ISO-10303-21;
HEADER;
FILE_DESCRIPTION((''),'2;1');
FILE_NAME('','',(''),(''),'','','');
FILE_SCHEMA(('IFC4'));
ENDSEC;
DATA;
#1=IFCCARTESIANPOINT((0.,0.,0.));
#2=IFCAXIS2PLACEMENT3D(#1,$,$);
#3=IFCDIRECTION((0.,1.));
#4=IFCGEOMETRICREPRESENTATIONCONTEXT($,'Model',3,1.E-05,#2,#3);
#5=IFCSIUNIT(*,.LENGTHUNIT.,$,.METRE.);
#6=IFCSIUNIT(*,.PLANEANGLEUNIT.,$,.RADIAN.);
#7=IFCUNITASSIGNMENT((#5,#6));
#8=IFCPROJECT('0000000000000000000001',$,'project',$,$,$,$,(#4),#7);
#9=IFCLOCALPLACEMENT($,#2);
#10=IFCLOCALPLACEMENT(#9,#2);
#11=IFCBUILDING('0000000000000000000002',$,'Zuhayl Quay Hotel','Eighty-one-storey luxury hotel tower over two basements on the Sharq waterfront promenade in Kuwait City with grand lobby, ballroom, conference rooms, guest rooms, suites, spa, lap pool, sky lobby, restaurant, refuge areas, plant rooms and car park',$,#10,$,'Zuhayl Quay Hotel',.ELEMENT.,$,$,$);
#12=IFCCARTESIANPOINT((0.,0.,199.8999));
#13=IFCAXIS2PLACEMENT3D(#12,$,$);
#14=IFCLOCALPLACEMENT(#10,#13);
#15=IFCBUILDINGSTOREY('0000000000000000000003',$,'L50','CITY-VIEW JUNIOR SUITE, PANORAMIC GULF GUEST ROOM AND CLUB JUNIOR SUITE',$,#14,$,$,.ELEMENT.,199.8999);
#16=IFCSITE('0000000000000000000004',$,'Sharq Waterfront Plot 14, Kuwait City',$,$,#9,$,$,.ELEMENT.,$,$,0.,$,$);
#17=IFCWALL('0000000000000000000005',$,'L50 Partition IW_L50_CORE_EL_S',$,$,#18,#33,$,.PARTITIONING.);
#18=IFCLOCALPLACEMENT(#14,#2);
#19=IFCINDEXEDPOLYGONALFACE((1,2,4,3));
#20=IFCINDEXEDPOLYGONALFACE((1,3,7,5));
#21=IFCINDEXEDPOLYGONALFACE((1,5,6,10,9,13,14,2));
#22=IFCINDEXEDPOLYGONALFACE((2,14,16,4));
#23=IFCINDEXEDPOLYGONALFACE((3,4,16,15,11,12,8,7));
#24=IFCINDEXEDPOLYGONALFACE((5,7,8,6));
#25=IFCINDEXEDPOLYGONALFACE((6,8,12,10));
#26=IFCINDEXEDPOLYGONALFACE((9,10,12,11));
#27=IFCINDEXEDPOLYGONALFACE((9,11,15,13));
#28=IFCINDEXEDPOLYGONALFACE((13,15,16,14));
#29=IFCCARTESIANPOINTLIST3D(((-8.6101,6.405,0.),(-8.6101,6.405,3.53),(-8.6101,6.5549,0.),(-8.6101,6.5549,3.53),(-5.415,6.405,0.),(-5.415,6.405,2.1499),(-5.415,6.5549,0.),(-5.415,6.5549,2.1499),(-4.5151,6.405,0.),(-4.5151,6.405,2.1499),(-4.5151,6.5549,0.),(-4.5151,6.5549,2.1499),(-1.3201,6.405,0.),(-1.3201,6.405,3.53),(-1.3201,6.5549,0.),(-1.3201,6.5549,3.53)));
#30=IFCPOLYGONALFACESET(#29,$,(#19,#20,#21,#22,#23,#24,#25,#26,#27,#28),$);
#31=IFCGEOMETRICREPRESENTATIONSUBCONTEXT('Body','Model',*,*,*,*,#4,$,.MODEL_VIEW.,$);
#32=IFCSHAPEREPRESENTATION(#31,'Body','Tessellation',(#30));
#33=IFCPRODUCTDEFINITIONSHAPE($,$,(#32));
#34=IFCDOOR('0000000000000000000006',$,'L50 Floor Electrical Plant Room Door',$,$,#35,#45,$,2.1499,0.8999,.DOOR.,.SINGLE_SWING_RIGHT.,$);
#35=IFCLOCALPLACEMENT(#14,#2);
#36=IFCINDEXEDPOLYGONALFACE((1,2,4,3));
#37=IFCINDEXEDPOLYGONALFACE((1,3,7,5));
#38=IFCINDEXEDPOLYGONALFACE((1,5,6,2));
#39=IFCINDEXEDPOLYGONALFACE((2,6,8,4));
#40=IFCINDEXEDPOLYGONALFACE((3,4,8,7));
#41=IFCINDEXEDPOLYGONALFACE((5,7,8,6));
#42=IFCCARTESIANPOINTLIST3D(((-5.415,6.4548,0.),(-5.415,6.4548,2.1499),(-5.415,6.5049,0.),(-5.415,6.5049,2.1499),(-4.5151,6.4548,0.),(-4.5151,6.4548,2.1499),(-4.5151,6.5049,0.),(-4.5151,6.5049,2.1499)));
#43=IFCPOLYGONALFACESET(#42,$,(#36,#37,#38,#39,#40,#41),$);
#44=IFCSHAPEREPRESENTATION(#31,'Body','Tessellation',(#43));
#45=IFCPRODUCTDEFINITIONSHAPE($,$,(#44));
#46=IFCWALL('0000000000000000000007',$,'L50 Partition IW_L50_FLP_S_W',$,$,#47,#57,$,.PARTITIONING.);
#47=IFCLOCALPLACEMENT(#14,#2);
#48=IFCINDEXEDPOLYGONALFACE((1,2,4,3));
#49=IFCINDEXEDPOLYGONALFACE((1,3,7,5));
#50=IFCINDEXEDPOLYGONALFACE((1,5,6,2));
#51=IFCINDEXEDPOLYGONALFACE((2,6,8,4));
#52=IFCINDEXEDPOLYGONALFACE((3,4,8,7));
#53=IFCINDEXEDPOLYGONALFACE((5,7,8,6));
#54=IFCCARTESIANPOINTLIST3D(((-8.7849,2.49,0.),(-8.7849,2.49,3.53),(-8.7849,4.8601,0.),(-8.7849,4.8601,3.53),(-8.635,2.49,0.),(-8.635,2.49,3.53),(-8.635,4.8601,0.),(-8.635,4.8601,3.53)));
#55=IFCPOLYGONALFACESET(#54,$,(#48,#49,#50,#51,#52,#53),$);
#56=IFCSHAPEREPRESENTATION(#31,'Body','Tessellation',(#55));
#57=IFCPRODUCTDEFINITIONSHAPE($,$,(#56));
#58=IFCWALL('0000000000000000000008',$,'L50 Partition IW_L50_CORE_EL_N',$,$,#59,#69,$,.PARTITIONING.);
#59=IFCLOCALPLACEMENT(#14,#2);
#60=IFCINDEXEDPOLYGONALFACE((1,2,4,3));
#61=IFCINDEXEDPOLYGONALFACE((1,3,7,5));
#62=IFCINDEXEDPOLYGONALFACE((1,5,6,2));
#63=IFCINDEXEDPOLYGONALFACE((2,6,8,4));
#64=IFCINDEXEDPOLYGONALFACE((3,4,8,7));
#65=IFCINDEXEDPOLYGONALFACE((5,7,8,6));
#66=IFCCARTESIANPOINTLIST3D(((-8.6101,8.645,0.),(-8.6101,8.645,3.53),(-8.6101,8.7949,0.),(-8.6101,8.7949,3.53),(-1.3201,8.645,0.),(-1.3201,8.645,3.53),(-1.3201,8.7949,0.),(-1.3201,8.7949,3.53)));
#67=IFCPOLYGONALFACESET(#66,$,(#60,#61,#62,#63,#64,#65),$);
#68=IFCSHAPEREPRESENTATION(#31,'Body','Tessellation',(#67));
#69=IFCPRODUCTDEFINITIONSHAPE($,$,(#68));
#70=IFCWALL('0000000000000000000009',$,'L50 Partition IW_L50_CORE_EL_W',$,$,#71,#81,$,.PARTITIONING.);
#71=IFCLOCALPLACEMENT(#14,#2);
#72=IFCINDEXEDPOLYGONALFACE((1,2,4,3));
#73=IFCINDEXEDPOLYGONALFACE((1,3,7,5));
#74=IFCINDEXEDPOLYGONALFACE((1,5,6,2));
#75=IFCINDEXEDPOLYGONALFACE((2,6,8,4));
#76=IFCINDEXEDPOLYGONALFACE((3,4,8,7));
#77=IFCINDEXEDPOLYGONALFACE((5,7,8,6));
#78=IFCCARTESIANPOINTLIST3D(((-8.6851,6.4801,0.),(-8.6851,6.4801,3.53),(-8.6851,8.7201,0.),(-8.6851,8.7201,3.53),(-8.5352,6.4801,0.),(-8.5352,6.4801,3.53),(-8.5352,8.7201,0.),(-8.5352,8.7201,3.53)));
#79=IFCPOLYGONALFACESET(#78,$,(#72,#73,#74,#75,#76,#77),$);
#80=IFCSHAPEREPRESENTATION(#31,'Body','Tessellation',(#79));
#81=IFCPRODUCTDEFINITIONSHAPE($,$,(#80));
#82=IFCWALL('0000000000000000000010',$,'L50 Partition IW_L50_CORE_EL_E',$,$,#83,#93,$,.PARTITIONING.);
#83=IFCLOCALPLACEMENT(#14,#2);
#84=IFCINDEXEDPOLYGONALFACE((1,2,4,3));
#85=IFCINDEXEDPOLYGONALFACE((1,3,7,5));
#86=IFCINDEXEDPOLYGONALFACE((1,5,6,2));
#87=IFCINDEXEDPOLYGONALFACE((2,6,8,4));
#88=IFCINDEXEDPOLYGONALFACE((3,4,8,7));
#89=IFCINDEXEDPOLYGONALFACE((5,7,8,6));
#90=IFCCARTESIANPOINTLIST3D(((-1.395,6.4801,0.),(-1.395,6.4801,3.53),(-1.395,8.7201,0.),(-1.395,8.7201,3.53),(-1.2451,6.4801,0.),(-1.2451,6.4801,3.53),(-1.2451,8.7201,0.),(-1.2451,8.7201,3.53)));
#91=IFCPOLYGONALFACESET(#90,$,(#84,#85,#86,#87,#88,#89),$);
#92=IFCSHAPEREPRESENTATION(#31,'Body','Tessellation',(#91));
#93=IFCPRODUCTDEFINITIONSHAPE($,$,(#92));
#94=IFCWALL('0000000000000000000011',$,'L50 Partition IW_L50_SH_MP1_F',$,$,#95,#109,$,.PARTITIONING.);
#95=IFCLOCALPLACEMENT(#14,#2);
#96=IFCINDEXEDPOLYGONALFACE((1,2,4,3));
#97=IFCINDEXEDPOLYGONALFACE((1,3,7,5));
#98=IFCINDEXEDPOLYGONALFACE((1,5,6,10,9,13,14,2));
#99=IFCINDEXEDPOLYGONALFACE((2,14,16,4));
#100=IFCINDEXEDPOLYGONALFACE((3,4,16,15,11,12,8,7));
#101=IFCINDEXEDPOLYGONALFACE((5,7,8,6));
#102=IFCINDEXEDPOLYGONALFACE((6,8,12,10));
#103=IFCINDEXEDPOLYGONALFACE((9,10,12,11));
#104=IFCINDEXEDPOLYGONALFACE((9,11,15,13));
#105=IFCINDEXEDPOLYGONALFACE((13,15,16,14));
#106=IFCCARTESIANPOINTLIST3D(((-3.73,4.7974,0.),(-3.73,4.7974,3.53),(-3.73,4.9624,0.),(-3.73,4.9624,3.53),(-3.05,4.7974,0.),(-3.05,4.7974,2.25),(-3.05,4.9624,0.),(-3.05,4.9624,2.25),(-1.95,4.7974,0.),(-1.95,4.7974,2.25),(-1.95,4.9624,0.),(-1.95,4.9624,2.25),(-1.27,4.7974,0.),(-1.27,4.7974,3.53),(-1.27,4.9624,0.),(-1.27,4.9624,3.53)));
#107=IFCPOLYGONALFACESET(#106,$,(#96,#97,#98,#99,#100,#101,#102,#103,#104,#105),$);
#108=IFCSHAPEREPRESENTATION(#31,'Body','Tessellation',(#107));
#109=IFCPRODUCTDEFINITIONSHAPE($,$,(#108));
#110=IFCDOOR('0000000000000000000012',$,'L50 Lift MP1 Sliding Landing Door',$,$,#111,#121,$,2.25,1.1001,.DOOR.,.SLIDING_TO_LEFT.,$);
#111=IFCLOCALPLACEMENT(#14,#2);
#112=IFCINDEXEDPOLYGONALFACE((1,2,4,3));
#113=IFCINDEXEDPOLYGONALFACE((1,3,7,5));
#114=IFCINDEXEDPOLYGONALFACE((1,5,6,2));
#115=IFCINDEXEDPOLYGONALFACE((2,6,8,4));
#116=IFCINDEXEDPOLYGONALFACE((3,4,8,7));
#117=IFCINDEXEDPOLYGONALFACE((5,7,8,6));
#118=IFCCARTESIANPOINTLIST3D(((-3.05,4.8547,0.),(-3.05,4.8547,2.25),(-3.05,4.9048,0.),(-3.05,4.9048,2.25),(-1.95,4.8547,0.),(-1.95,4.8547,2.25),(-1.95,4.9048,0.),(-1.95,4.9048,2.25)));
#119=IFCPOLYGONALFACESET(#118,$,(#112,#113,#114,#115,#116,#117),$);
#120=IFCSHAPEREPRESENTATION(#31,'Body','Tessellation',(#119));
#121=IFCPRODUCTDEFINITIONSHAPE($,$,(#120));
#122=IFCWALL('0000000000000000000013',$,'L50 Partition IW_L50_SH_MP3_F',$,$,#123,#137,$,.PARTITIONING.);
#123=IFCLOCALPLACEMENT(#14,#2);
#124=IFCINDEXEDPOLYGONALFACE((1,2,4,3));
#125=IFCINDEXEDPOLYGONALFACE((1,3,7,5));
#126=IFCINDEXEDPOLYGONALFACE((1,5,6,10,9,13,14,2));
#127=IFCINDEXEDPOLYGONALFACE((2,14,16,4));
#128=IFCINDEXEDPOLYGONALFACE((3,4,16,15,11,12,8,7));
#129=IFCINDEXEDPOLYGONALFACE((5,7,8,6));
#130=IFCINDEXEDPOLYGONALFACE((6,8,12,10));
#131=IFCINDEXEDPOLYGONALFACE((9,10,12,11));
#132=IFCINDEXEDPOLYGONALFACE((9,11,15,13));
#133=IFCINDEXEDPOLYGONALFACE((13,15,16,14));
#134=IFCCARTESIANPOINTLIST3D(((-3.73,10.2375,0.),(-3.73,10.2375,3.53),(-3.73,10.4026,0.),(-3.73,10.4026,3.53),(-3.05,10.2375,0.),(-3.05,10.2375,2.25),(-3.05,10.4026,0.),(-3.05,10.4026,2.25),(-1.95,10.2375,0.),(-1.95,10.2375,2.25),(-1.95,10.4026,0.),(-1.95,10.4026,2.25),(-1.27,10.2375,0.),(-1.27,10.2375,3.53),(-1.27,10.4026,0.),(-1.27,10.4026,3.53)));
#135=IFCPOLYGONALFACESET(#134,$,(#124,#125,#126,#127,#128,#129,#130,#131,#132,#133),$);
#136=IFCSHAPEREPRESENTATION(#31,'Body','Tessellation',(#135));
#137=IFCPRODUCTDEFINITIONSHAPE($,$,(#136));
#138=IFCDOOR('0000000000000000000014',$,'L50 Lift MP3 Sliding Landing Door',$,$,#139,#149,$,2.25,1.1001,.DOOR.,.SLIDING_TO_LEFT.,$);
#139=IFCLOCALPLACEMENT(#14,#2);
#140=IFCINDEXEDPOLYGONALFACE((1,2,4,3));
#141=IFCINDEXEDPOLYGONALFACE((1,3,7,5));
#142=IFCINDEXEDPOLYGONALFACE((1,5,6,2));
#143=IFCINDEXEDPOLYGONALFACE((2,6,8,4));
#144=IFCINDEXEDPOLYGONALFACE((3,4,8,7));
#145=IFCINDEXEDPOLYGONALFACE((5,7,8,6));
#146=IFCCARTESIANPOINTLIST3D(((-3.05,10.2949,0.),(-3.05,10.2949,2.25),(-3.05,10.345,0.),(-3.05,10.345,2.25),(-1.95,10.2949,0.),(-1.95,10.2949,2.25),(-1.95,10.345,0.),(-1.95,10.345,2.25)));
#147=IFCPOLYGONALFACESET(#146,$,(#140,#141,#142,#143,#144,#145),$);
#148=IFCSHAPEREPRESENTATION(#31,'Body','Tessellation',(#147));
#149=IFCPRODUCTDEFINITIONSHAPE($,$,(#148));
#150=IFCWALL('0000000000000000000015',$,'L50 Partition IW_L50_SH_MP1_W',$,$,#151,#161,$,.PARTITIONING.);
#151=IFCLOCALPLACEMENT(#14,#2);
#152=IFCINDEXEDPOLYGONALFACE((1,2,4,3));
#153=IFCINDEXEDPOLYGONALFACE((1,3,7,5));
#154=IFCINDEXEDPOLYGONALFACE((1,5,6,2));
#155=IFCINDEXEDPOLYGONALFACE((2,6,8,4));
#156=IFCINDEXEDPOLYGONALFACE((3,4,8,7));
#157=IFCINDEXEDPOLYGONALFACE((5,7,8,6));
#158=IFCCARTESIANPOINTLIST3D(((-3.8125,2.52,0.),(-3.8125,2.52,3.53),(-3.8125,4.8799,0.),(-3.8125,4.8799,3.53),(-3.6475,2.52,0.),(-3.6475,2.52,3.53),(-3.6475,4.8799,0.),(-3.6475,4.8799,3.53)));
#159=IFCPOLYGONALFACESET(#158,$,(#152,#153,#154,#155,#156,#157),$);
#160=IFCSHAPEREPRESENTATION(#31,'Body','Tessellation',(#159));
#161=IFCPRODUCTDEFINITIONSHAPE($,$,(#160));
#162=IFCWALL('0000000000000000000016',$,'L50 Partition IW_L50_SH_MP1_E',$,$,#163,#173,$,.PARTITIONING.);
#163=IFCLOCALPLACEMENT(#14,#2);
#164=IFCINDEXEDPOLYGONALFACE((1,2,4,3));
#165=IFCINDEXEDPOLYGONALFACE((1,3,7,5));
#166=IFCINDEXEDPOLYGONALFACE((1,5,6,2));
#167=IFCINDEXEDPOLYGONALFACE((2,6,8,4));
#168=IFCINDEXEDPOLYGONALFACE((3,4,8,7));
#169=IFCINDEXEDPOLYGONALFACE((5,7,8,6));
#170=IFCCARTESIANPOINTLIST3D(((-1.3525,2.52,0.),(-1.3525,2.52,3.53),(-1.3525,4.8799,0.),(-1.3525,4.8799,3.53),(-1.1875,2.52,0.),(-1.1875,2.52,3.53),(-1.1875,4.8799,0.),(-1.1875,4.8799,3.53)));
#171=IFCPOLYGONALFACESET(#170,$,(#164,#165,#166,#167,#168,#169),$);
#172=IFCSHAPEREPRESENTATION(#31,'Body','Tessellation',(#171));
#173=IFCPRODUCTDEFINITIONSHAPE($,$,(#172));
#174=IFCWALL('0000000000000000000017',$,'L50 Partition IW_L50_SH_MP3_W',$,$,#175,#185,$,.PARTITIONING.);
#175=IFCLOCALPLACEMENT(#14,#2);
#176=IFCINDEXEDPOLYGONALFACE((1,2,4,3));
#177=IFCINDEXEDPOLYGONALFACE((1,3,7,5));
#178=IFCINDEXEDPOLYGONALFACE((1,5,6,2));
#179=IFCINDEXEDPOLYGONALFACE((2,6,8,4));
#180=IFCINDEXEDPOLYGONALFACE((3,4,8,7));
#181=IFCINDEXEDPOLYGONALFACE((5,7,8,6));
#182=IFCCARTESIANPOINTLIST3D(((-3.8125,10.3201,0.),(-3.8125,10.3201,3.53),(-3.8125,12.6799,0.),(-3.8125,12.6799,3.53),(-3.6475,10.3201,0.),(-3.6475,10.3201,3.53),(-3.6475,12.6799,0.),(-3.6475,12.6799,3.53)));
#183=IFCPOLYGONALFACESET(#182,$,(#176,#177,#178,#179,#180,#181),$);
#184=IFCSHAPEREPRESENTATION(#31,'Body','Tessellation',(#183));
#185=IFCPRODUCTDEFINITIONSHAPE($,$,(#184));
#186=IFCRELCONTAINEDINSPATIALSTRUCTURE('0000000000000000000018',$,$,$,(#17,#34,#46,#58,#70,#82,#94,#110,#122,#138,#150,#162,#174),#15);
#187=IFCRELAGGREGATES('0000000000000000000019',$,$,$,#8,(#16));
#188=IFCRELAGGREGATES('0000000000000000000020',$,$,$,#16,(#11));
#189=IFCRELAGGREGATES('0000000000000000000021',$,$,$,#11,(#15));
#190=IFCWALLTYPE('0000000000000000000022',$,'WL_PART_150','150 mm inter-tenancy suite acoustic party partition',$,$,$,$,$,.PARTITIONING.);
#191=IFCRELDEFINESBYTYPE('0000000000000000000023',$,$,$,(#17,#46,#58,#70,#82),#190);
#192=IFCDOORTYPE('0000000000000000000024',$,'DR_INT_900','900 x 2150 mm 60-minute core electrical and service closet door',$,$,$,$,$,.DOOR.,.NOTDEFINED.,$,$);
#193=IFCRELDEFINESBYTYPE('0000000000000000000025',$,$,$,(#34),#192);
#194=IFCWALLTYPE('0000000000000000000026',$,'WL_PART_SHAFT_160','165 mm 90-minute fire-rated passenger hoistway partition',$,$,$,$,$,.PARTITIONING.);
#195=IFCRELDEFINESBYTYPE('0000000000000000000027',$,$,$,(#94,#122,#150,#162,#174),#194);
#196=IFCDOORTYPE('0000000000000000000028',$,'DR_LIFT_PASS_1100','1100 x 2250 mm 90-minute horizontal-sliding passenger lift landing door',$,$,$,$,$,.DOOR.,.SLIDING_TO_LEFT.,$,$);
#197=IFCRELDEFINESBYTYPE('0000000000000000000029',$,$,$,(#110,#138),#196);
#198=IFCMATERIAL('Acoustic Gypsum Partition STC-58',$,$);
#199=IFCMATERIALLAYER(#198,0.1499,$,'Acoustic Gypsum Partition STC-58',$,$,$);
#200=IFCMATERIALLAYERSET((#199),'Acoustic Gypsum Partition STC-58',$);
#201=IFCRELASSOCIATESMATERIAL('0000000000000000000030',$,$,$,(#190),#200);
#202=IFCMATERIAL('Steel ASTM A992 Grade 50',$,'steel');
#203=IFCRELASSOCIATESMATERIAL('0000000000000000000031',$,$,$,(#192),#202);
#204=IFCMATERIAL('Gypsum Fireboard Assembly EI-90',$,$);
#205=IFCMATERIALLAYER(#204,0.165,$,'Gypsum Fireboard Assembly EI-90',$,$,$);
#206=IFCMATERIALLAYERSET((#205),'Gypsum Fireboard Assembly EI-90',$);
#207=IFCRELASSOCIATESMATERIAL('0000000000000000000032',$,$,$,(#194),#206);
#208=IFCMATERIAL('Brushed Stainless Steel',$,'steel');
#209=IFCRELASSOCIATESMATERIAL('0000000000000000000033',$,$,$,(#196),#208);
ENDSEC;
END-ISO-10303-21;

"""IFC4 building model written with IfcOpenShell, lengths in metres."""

from ifc_helpers import new_model, si_unit, direction, frame, frame_2d, origin, place, context, subcontext, project, spatial, rectangle, extrude, material, layer, layer_set, type_object, element, fill, save


model = new_model("IFC4")

# Units and contexts
model_context = context("Model", 3, precision=1e-05, world=origin(), true_north=direction((0.0, 1.0)))
body_context = subcontext(model_context, "Body", "Model", "MODEL_VIEW")
ifc_project = project(units=[si_unit("LENGTHUNIT", "METRE"), si_unit("PLANEANGLEUNIT", "RADIAN")], contexts=[model_context])

# Site, building, storey
site_placement = place(None, origin())
site = spatial("IfcSite", under=ifc_project, at=site_placement, Name="Sharq Waterfront Plot 14, Kuwait City", CompositionType="ELEMENT", RefElevation=0.0)
building_placement = place(site_placement, origin())
building = spatial("IfcBuilding", under=site, at=building_placement, Name="Zuhayl Quay Hotel", Description="Eighty-one-storey luxury hotel tower over two basements on the Sharq waterfront promenade in Kuwait City with grand lobby, ballroom, conference rooms, guest rooms, suites, spa, lap pool, sky lobby, restaurant, refuge areas, plant rooms and car park", LongName="Zuhayl Quay Hotel", CompositionType="ELEMENT")
storey_placement = place(building_placement, frame((0.0, 0.0, 199.8999)))
storey = spatial("IfcBuildingStorey", under=building, at=storey_placement, Name="L50", Description="CITY-VIEW JUNIOR SUITE, PANORAMIC GULF GUEST ROOM AND CLUB JUNIOR SUITE", CompositionType="ELEMENT", Elevation=199.8999)

# Shared definitions
ifc_material_1 = material(Name="Steel ASTM A992 Grade 50", Category="steel")

# Wall, opening, door
ifc_material_2 = material(Name="Acoustic Gypsum Partition STC-58")
ifc_layer_1 = layer(ifc_material_2, 0.1499, Name="Acoustic Gypsum Partition STC-58")
ifc_layer_set_1 = layer_set([ifc_layer_1], Name="Acoustic Gypsum Partition STC-58")
wall_type_1 = type_object("IfcWallType", Name="WL_PART_150", Description="150 mm inter-tenancy suite acoustic party partition", PredefinedType="PARTITIONING", material=ifc_layer_set_1)
door_type_1 = type_object("IfcDoorType", Name="DR_INT_900", Description="900 x 2150 mm 60-minute core electrical and service closet door", OperationType="NOTDEFINED", PredefinedType="DOOR", material=ifc_material_1)
wall_1_placement = place(storey_placement, frame((-8.6101, 6.48, 0.0), z_axis=(0.0, 0.0, 1.0), x_axis=(1.0, 0.0, 0.0)))
wall_1 = element("IfcWall", 1, at=wall_1_placement, inside=storey, type_object=wall_type_1, Name="L50 Partition IW_L50_CORE_EL_S", PredefinedType="PARTITIONING", context=body_context, shape_type="SweptSolid", body=[
    extrude(rectangle(XDim=7.29, YDim=0.1499, at=frame_2d((3.645, 0.0))), origin(), (0.0, 0.0, 1.0), 3.53),
])
opening_1_placement = place(wall_1_placement, frame((3.1951, 0.0, 0.0)))
opening_1 = element("IfcOpeningElement", 2, at=opening_1_placement, cuts=wall_1, PredefinedType="OPENING", context=body_context, shape_type="SweptSolid", body=[
    extrude(rectangle(XDim=0.8999, YDim=2.1499, at=frame_2d((0.45, 1.075))), frame((0.0, 0.085, 0.0), z_axis=(0.0, -1.0, 0.0), x_axis=(1.0, 0.0, 0.0)), (0.0, 0.0, 1.0), 0.1699),
])
door_1_placement = place(opening_1_placement, origin())
door_1 = element("IfcDoor", 3, at=door_1_placement, inside=storey, type_object=door_type_1, Name="L50 Floor Electrical Plant Room Door", OperationType="SINGLE_SWING_RIGHT", OverallHeight=2.1499, OverallWidth=0.8999, PredefinedType="DOOR", context=body_context, shape_type="SweptSolid", body=[
    extrude(rectangle(XDim=0.8999, YDim=2.1499, at=frame_2d((0.45, 1.075))), frame((0.0, 0.0249, 0.0), z_axis=(0.0, -1.0, 0.0), x_axis=(1.0, 0.0, 0.0)), (0.0, 0.0, 1.0), 0.05),
])
fill(opening_1, door_1)

# Walls
wall_2_placement = place(storey_placement, frame((-8.71, 2.49, 0.0), z_axis=(0.0, 0.0, 1.0), x_axis=(0.0, 1.0, 0.0)))
element("IfcWall", 4, at=wall_2_placement, inside=storey, type_object=wall_type_1, Name="L50 Partition IW_L50_FLP_S_W", PredefinedType="PARTITIONING", context=body_context, shape_type="SweptSolid", body=[
    extrude(rectangle(XDim=2.3701, YDim=0.1499, at=frame_2d((1.1851, 0.0))), origin(), (0.0, 0.0, 1.0), 3.53),
])
wall_3_placement = place(storey_placement, frame((-8.6101, 8.72, 0.0), z_axis=(0.0, 0.0, 1.0), x_axis=(1.0, 0.0, 0.0)))
element("IfcWall", 5, at=wall_3_placement, inside=storey, type_object=wall_type_1, Name="L50 Partition IW_L50_CORE_EL_N", PredefinedType="PARTITIONING", context=body_context, shape_type="SweptSolid", body=[
    extrude(rectangle(XDim=7.29, YDim=0.1499, at=frame_2d((3.645, 0.0))), origin(), (0.0, 0.0, 1.0), 3.53),
])
for number, where, z_axis, x_axis, name in (
    (6, (-8.6101, 6.48, 0.0), (0.0, 0.0, 1.0), (0.0, 1.0, 0.0), "L50 Partition IW_L50_CORE_EL_W"),
    (7, (-1.3201, 6.48, 0.0), (0.0, 0.0, 1.0), (0.0, 1.0, 0.0), "L50 Partition IW_L50_CORE_EL_E"),
):
    element("IfcWall", number, at=place(storey_placement, frame(where, z_axis=z_axis, x_axis=x_axis)), inside=storey, type_object=wall_type_1, Name=name, PredefinedType="PARTITIONING", context=body_context, shape_type="SweptSolid", body=[
        extrude(rectangle(XDim=2.24, YDim=0.1499, at=frame_2d((1.1201, 0.0))), origin(), (0.0, 0.0, 1.0), 3.53),
    ])

# Walls, openings, doors
ifc_material_3 = material(Name="Gypsum Fireboard Assembly EI-90")
ifc_layer_2 = layer(ifc_material_3, 0.165, Name="Gypsum Fireboard Assembly EI-90")
ifc_layer_set_2 = layer_set([ifc_layer_2], Name="Gypsum Fireboard Assembly EI-90")
wall_type_2 = type_object("IfcWallType", Name="WL_PART_SHAFT_160", Description="165 mm 90-minute fire-rated passenger hoistway partition", PredefinedType="PARTITIONING", material=ifc_layer_set_2)
wall_4_placement = place(storey_placement, frame((-3.73, 4.8799, 0.0), z_axis=(0.0, 0.0, 1.0), x_axis=(1.0, 0.0, 0.0)))
wall_4 = element("IfcWall", 8, at=wall_4_placement, inside=storey, type_object=wall_type_2, Name="L50 Partition IW_L50_SH_MP1_F", PredefinedType="PARTITIONING", context=body_context, shape_type="SweptSolid", body=[
    extrude(rectangle(XDim=2.46, YDim=0.165, at=frame_2d((1.23, 0.0))), origin(), (0.0, 0.0, 1.0), 3.53),
])
opening_2_placement = place(wall_4_placement, frame((0.6799, 0.0, 0.0)))
opening_2 = element("IfcOpeningElement", 9, at=opening_2_placement, cuts=wall_4, PredefinedType="OPENING", context=body_context, shape_type="SweptSolid", body=[
    extrude(rectangle(XDim=1.1001, YDim=2.25, at=frame_2d((0.55, 1.125))), frame((0.0, 0.0925, 0.0), z_axis=(0.0, -1.0, 0.0), x_axis=(1.0, 0.0, 0.0)), (0.0, 0.0, 1.0), 0.1851),
])
ifc_material_4 = material(Name="Brushed Stainless Steel", Category="steel")
door_type_2 = type_object("IfcDoorType", Name="DR_LIFT_PASS_1100", Description="1100 x 2250 mm 90-minute horizontal-sliding passenger lift landing door", OperationType="SLIDING_TO_LEFT", PredefinedType="DOOR", material=ifc_material_4)
door_2_placement = place(opening_2_placement, origin())
door_2 = element("IfcDoor", 10, at=door_2_placement, inside=storey, type_object=door_type_2, Name="L50 Lift MP1 Sliding Landing Door", OperationType="SLIDING_TO_LEFT", OverallHeight=2.25, OverallWidth=1.1001, PredefinedType="DOOR", context=body_context, shape_type="SweptSolid", body=[
    extrude(rectangle(XDim=1.1001, YDim=2.25, at=frame_2d((0.55, 1.125))), frame((0.0, 0.0249, 0.0), z_axis=(0.0, -1.0, 0.0), x_axis=(1.0, 0.0, 0.0)), (0.0, 0.0, 1.0), 0.05),
])
fill(opening_2, door_2)
wall_5_placement = place(storey_placement, frame((-3.73, 10.3201, 0.0), z_axis=(0.0, 0.0, 1.0), x_axis=(1.0, 0.0, 0.0)))
wall_5 = element("IfcWall", 11, at=wall_5_placement, inside=storey, type_object=wall_type_2, Name="L50 Partition IW_L50_SH_MP3_F", PredefinedType="PARTITIONING", context=body_context, shape_type="SweptSolid", body=[
    extrude(rectangle(XDim=2.46, YDim=0.165, at=frame_2d((1.23, 0.0))), origin(), (0.0, 0.0, 1.0), 3.53),
])
opening_3_placement = place(wall_5_placement, frame((0.6799, 0.0, 0.0)))
opening_3 = element("IfcOpeningElement", 12, at=opening_3_placement, cuts=wall_5, PredefinedType="OPENING", context=body_context, shape_type="SweptSolid", body=[
    extrude(rectangle(XDim=1.1001, YDim=2.25, at=frame_2d((0.55, 1.125))), frame((0.0, 0.0925, 0.0), z_axis=(0.0, -1.0, 0.0), x_axis=(1.0, 0.0, 0.0)), (0.0, 0.0, 1.0), 0.1851),
])
door_3_placement = place(opening_3_placement, origin())
door_3 = element("IfcDoor", 13, at=door_3_placement, inside=storey, type_object=door_type_2, Name="L50 Lift MP3 Sliding Landing Door", OperationType="SLIDING_TO_LEFT", OverallHeight=2.25, OverallWidth=1.1001, PredefinedType="DOOR", context=body_context, shape_type="SweptSolid", body=[
    extrude(rectangle(XDim=1.1001, YDim=2.25, at=frame_2d((0.55, 1.125))), frame((0.0, 0.0249, 0.0), z_axis=(0.0, -1.0, 0.0), x_axis=(1.0, 0.0, 0.0)), (0.0, 0.0, 1.0), 0.05),
])
fill(opening_3, door_3)

# Walls
for number, where, z_axis, x_axis, name in (
    (14, (-3.73, 2.52, 0.0), (0.0, 0.0, 1.0), (0.0, 1.0, 0.0), "L50 Partition IW_L50_SH_MP1_W"),
    (15, (-1.27, 2.52, 0.0), (0.0, 0.0, 1.0), (0.0, 1.0, 0.0), "L50 Partition IW_L50_SH_MP1_E"),
    (16, (-3.73, 10.3201, 0.0), (0.0, 0.0, 1.0), (0.0, 1.0, 0.0), "L50 Partition IW_L50_SH_MP3_W"),
):
    element("IfcWall", number, at=place(storey_placement, frame(where, z_axis=z_axis, x_axis=x_axis)), inside=storey, type_object=wall_type_2, Name=name, PredefinedType="PARTITIONING", context=body_context, shape_type="SweptSolid", body=[
        extrude(rectangle(XDim=2.3599, YDim=0.165, at=frame_2d((1.1799, 0.0))), origin(), (0.0, 0.0, 1.0), 3.53),
    ])

save(model, "model.ifc")
